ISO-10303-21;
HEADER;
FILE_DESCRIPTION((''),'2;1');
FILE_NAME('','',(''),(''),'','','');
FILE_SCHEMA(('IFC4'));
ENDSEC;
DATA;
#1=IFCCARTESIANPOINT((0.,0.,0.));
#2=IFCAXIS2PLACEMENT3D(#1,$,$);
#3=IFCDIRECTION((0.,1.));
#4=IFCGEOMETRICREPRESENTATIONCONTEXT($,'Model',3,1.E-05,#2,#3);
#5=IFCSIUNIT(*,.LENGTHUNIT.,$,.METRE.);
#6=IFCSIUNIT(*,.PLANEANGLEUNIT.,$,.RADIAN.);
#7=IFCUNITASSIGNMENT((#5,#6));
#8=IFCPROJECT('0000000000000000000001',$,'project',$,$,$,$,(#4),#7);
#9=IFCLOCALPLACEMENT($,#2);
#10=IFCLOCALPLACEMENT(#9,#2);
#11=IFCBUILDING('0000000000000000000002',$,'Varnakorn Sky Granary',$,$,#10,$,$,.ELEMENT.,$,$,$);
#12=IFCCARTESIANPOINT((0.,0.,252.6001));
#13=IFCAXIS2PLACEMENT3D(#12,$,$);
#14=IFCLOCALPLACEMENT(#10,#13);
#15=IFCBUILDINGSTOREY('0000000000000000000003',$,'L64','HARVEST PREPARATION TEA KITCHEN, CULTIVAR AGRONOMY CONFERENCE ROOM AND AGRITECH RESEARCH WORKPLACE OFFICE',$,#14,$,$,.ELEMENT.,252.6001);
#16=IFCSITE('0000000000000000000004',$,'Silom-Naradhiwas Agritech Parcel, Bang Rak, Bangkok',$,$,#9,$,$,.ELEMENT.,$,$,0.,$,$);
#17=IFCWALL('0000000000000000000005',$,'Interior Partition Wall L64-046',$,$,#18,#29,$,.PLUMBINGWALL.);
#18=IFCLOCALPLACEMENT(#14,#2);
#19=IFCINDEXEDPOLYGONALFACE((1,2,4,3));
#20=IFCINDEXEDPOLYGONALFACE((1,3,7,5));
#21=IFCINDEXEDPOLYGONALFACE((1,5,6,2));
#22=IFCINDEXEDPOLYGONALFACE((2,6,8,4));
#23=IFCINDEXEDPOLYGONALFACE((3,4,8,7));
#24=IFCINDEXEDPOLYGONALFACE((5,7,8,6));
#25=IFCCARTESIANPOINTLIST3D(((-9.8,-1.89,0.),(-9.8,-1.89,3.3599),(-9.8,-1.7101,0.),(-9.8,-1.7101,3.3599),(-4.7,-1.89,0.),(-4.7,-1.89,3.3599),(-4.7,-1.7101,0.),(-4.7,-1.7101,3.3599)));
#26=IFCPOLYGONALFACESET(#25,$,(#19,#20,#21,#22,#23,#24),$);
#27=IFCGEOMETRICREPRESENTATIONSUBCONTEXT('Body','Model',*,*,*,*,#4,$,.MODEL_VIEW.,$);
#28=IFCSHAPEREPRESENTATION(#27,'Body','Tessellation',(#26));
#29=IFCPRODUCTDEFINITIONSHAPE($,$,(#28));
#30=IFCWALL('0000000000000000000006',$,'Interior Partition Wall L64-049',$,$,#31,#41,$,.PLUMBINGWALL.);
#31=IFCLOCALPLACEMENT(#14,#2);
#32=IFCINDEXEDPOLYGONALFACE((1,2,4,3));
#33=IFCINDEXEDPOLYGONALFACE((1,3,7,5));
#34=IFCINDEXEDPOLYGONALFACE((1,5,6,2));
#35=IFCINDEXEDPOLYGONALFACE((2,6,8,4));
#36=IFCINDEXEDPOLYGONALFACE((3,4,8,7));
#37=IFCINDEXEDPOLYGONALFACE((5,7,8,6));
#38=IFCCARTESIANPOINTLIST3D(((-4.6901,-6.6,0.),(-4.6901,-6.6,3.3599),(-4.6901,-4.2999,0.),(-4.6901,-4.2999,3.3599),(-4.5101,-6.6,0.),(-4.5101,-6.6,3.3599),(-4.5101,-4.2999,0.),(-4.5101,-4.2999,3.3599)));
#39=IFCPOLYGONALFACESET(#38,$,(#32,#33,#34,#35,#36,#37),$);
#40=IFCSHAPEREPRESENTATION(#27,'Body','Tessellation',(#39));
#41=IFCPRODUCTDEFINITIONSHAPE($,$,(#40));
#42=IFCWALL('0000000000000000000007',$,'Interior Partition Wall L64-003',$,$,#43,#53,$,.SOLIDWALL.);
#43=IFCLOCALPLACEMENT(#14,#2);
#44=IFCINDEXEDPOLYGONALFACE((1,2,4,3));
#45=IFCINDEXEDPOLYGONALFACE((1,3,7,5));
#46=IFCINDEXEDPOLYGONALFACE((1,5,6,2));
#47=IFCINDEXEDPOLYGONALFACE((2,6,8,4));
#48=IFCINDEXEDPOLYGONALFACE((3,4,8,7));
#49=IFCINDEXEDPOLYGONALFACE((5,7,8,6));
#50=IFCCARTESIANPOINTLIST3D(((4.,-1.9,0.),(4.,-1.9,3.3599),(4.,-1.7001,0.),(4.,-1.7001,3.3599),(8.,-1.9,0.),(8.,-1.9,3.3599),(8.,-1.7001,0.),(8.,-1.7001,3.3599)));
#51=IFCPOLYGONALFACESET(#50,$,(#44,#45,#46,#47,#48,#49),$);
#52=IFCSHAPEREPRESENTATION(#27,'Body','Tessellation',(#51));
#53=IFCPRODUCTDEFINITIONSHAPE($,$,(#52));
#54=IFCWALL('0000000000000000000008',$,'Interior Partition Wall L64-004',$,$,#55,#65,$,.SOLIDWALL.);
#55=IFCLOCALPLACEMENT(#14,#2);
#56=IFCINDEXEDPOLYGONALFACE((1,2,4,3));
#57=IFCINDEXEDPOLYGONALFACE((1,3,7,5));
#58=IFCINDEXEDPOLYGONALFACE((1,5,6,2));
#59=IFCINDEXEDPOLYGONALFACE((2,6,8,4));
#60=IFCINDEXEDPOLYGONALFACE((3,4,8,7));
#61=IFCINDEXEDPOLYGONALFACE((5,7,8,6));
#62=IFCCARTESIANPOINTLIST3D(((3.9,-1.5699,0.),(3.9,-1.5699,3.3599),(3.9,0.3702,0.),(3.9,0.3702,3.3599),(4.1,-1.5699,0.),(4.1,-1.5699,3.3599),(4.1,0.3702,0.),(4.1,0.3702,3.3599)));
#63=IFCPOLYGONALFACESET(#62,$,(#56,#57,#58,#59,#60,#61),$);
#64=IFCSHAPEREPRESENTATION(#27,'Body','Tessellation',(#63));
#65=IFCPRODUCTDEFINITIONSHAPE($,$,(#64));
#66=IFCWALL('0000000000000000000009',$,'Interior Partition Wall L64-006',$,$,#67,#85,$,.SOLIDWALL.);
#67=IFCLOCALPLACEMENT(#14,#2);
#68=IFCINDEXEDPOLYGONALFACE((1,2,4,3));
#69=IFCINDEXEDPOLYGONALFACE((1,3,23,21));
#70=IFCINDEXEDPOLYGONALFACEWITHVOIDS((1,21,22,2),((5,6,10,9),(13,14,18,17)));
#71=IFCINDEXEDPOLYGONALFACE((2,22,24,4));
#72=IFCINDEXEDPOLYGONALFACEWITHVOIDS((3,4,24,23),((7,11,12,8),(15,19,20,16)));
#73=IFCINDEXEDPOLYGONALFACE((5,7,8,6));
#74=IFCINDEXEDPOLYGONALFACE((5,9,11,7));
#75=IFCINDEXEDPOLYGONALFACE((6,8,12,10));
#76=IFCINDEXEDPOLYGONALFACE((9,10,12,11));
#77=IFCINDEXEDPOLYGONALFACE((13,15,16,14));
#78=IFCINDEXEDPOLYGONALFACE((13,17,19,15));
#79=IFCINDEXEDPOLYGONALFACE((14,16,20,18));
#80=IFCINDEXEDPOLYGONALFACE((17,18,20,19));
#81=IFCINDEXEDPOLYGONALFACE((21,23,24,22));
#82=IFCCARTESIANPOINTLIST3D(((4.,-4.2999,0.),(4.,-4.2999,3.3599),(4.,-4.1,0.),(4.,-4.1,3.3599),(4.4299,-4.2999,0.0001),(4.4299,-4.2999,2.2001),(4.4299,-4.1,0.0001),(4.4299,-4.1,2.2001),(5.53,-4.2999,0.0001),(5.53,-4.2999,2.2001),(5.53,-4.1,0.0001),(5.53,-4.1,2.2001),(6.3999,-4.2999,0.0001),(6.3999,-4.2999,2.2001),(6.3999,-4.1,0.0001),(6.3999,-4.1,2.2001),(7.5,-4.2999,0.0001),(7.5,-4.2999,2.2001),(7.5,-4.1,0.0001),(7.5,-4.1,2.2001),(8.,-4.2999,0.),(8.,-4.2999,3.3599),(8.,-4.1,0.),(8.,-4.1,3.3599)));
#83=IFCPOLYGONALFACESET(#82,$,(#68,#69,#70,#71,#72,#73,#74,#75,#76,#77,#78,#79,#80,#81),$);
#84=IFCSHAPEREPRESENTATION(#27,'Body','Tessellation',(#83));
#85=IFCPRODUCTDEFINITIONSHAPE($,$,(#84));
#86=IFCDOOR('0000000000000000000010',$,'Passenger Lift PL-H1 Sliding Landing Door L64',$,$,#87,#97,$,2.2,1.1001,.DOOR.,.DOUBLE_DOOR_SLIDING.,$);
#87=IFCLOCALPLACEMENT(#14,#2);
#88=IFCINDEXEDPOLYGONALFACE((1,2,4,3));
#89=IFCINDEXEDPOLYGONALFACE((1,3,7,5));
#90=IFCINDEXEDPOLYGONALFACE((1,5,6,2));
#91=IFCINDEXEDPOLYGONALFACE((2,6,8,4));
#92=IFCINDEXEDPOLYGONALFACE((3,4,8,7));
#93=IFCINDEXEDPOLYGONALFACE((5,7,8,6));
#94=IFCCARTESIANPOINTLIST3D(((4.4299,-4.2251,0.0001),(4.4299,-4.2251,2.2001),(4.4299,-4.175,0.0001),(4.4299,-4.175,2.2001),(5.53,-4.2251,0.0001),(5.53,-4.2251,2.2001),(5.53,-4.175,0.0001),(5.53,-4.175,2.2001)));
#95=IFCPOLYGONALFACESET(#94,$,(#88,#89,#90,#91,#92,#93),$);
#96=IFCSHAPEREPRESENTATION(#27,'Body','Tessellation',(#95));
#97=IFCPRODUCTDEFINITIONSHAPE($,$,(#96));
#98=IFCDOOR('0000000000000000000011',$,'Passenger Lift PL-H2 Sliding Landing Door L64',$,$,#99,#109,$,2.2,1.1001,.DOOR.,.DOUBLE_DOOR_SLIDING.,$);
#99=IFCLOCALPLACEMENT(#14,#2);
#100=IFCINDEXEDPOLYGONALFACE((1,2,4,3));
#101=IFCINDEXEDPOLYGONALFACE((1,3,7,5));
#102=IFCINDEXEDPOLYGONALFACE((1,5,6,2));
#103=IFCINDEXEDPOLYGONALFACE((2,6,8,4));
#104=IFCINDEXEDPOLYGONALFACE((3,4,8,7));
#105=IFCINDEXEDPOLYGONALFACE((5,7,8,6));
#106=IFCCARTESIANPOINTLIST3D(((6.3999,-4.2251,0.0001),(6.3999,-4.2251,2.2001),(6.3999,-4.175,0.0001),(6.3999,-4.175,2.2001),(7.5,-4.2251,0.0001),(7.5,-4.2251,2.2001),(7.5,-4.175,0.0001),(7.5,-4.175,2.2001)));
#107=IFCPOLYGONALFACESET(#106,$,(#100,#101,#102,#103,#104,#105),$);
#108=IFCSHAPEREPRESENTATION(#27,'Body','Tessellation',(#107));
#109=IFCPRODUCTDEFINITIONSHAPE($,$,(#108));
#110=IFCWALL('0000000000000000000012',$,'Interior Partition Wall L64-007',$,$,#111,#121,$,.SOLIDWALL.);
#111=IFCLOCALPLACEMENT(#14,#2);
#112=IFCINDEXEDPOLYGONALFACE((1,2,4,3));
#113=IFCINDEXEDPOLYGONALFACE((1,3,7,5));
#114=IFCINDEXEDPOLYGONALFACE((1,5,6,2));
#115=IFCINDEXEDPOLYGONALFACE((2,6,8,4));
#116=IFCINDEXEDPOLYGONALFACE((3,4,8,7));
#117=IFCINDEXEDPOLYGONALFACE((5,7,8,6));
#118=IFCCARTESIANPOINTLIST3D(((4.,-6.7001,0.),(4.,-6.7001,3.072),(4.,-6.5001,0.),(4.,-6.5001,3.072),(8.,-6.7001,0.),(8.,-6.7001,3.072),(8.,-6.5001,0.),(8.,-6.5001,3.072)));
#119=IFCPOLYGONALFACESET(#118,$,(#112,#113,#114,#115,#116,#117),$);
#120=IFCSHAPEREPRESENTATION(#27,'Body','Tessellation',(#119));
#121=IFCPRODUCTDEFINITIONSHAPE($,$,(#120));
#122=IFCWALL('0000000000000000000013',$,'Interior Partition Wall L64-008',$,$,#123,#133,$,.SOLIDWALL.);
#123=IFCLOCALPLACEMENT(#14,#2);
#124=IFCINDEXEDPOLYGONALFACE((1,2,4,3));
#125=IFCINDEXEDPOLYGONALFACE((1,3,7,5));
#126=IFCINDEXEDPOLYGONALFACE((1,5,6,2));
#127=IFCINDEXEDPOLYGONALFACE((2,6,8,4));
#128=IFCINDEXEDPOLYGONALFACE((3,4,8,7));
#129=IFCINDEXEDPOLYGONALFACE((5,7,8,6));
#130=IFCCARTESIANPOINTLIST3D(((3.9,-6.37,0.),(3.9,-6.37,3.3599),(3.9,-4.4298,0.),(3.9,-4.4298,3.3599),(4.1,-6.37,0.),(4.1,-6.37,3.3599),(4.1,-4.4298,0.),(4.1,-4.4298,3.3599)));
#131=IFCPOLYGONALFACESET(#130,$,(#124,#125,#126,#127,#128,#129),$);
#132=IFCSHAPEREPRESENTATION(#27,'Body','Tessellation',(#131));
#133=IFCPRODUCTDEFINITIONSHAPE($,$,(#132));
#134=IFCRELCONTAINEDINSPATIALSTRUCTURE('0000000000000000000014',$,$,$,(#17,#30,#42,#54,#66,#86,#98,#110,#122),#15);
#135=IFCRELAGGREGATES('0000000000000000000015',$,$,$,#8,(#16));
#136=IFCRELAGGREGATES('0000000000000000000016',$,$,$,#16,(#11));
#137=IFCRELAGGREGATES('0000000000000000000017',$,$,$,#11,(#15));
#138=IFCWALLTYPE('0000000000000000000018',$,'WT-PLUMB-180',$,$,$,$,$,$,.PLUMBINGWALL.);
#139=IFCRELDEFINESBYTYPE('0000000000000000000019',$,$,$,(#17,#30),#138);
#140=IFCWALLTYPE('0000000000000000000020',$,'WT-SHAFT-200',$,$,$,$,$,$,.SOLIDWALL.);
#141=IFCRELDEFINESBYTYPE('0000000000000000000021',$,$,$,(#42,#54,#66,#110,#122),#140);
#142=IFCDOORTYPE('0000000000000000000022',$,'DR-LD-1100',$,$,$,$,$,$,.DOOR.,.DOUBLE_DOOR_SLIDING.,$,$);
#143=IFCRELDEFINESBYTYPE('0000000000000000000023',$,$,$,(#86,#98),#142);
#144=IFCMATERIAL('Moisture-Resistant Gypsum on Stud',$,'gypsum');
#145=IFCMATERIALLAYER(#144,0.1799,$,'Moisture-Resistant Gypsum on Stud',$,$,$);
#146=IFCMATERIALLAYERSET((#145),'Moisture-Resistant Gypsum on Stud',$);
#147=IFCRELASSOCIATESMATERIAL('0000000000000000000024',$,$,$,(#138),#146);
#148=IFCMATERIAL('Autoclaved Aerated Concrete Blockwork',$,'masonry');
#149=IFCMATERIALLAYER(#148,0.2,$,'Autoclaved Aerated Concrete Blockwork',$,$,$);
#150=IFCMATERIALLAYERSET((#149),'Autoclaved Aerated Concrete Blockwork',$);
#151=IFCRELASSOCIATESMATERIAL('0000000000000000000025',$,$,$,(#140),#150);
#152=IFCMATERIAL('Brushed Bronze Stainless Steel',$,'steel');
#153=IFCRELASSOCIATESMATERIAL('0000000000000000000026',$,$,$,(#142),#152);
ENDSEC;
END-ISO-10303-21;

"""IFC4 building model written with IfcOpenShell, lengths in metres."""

from ifc_helpers import new_model, si_unit, direction, frame, frame_2d, origin, place, context, subcontext, project, spatial, rectangle, extrude, material, layer, layer_set, type_object, element, fill, save


model = new_model("IFC4")

# Units and contexts
model_context = context("Model", 3, precision=1e-05, world=origin(), true_north=direction((0.0, 1.0)))
body_context = subcontext(model_context, "Body", "Model", "MODEL_VIEW")
ifc_project = project(units=[si_unit("LENGTHUNIT", "METRE"), si_unit("PLANEANGLEUNIT", "RADIAN")], contexts=[model_context])

# Site, building, storey
site_placement = place(None, origin())
site = spatial("IfcSite", under=ifc_project, at=site_placement, Name="Silom-Naradhiwas Agritech Parcel, Bang Rak, Bangkok", CompositionType="ELEMENT", RefElevation=0.0)
building_placement = place(site_placement, origin())
building = spatial("IfcBuilding", under=site, at=building_placement, Name="Varnakorn Sky Granary", CompositionType="ELEMENT")
storey_placement = place(building_placement, frame((0.0, 0.0, 252.6001)))
storey = spatial("IfcBuildingStorey", under=building, at=storey_placement, Name="L64", Description="HARVEST PREPARATION TEA KITCHEN, CULTIVAR AGRONOMY CONFERENCE ROOM AND AGRITECH RESEARCH WORKPLACE OFFICE", CompositionType="ELEMENT", Elevation=252.6001)

# Shared definitions
ifc_material_1 = material(Name="Autoclaved Aerated Concrete Blockwork", Category="masonry")

# Walls
ifc_material_2 = material(Name="Moisture-Resistant Gypsum on Stud", Category="gypsum")
ifc_layer_1 = layer(ifc_material_2, 0.1799, Name="Moisture-Resistant Gypsum on Stud")
ifc_layer_set_1 = layer_set([ifc_layer_1], Name="Moisture-Resistant Gypsum on Stud")
wall_type_1 = type_object("IfcWallType", Name="WT-PLUMB-180", PredefinedType="PLUMBINGWALL", material=ifc_layer_set_1)
wall_1_placement = place(storey_placement, frame((-4.7, -1.8, 0.0), z_axis=(0.0, 0.0, 1.0), x_axis=(-1.0, 0.0, 0.0)))
element("IfcWall", 1, at=wall_1_placement, inside=storey, type_object=wall_type_1, Name="Interior Partition Wall L64-046", PredefinedType="PLUMBINGWALL", context=body_context, shape_type="SweptSolid", body=[
    extrude(rectangle(XDim=5.1001, YDim=0.1799, at=frame_2d((2.55, 0.0))), origin(), (0.0, 0.0, 1.0), 3.3599),
])
wall_2_placement = place(storey_placement, frame((-4.6001, -4.3, 0.0), z_axis=(0.0, 0.0, 1.0), x_axis=(0.0, -1.0, 0.0)))
element("IfcWall", 2, at=wall_2_placement, inside=storey, type_object=wall_type_1, Name="Interior Partition Wall L64-049", PredefinedType="PLUMBINGWALL", context=body_context, shape_type="SweptSolid", body=[
    extrude(rectangle(XDim=2.3, YDim=0.1799, at=frame_2d((1.1499, 0.0))), origin(), (0.0, 0.0, 1.0), 3.3599),
])
ifc_layer_2 = layer(ifc_material_1, 0.2, Name="Autoclaved Aerated Concrete Blockwork")
ifc_layer_set_2 = layer_set([ifc_layer_2], Name="Autoclaved Aerated Concrete Blockwork")
wall_type_2 = type_object("IfcWallType", Name="WT-SHAFT-200", PredefinedType="SOLIDWALL", material=ifc_layer_set_2)
wall_3_placement = place(storey_placement, frame((4.0, -1.8, 0.0), z_axis=(0.0, 0.0, 1.0), x_axis=(1.0, 0.0, 0.0)))
element("IfcWall", 3, at=wall_3_placement, inside=storey, type_object=wall_type_2, Name="Interior Partition Wall L64-003", PredefinedType="SOLIDWALL", context=body_context, shape_type="SweptSolid", body=[
    extrude(rectangle(XDim=4.0, YDim=0.2, at=frame_2d((2.0, 0.0))), origin(), (0.0, 0.0, 1.0), 3.3599),
])
wall_4_placement = place(storey_placement, frame((4.0, -1.5701, 0.0), z_axis=(0.0, 0.0, 1.0), x_axis=(0.0, 1.0, 0.0)))
element("IfcWall", 4, at=wall_4_placement, inside=storey, type_object=wall_type_2, Name="Interior Partition Wall L64-004", PredefinedType="SOLIDWALL", context=body_context, shape_type="SweptSolid", body=[
    extrude(rectangle(XDim=1.9402, YDim=0.2, at=frame_2d((0.9702, 0.0))), origin(), (0.0, 0.0, 1.0), 3.3599),
])

# Wall, openings, doors
wall_5_placement = place(storey_placement, frame((4.0, -4.2, 0.0), z_axis=(0.0, 0.0, 1.0), x_axis=(1.0, 0.0, 0.0)))
wall_5 = element("IfcWall", 5, at=wall_5_placement, inside=storey, type_object=wall_type_2, Name="Interior Partition Wall L64-006", PredefinedType="SOLIDWALL", context=body_context, shape_type="SweptSolid", body=[
    extrude(rectangle(XDim=4.0, YDim=0.2, at=frame_2d((2.0, 0.0))), origin(), (0.0, 0.0, 1.0), 3.3599),
])
opening_1_placement = place(wall_5_placement, frame((0.4299, 0.0, 0.0)))
opening_1 = element("IfcOpeningElement", 6, at=opening_1_placement, cuts=wall_5, PredefinedType="OPENING", context=body_context, shape_type="SweptSolid", body=[
    extrude(rectangle(XDim=1.1001, YDim=2.2, at=frame_2d((0.55, 1.1001))), frame((0.0, 0.1099, 0.0), z_axis=(0.0, -1.0, 0.0), x_axis=(1.0, 0.0, 0.0)), (0.0, 0.0, 1.0), 0.22),
])
opening_2_placement = place(wall_5_placement, frame((2.3999, 0.0, 0.0)))
opening_2 = element("IfcOpeningElement", 7, at=opening_2_placement, cuts=wall_5, PredefinedType="OPENING", context=body_context, shape_type="SweptSolid", body=[
    extrude(rectangle(XDim=1.1001, YDim=2.2, at=frame_2d((0.55, 1.1001))), frame((0.0, 0.1099, 0.0), z_axis=(0.0, -1.0, 0.0), x_axis=(1.0, 0.0, 0.0)), (0.0, 0.0, 1.0), 0.22),
])
ifc_material_3 = material(Name="Brushed Bronze Stainless Steel", Category="steel")
door_type_1 = type_object("IfcDoorType", Name="DR-LD-1100", OperationType="DOUBLE_DOOR_SLIDING", PredefinedType="DOOR", material=ifc_material_3)
door_1_placement = place(opening_1_placement, origin())
door_1 = element("IfcDoor", 8, at=door_1_placement, inside=storey, type_object=door_type_1, Name="Passenger Lift PL-H1 Sliding Landing Door L64", OperationType="DOUBLE_DOOR_SLIDING", OverallHeight=2.2, OverallWidth=1.1001, PredefinedType="DOOR", context=body_context, shape_type="SweptSolid", body=[
    extrude(rectangle(XDim=1.1001, YDim=2.2, at=frame_2d((0.55, 1.1001))), frame((0.0, 0.0249, 0.0), z_axis=(0.0, -1.0, 0.0), x_axis=(1.0, 0.0, 0.0)), (0.0, 0.0, 1.0), 0.05),
])
fill(opening_1, door_1)
door_2_placement = place(opening_2_placement, origin())
door_2 = element("IfcDoor", 9, at=door_2_placement, inside=storey, type_object=door_type_1, Name="Passenger Lift PL-H2 Sliding Landing Door L64", OperationType="DOUBLE_DOOR_SLIDING", OverallHeight=2.2, OverallWidth=1.1001, PredefinedType="DOOR", context=body_context, shape_type="SweptSolid", body=[
    extrude(rectangle(XDim=1.1001, YDim=2.2, at=frame_2d((0.55, 1.1001))), frame((0.0, 0.0249, 0.0), z_axis=(0.0, -1.0, 0.0), x_axis=(1.0, 0.0, 0.0)), (0.0, 0.0, 1.0), 0.05),
])
fill(opening_2, door_2)

# Walls
wall_6_placement = place(storey_placement, frame((4.0, -6.6001, 0.0), z_axis=(0.0, 0.0, 1.0), x_axis=(1.0, 0.0, 0.0)))
element("IfcWall", 10, at=wall_6_placement, inside=storey, type_object=wall_type_2, Name="Interior Partition Wall L64-007", PredefinedType="SOLIDWALL", context=body_context, shape_type="SweptSolid", body=[
    extrude(rectangle(XDim=4.0, YDim=0.2, at=frame_2d((2.0, 0.0))), origin(), (0.0, 0.0, 1.0), 3.072),
])
wall_7_placement = place(storey_placement, frame((4.0, -6.3701, 0.0), z_axis=(0.0, 0.0, 1.0), x_axis=(0.0, 1.0, 0.0)))
element("IfcWall", 11, at=wall_7_placement, inside=storey, type_object=wall_type_2, Name="Interior Partition Wall L64-008", PredefinedType="SOLIDWALL", context=body_context, shape_type="SweptSolid", body=[
    extrude(rectangle(XDim=1.9402, YDim=0.2, at=frame_2d((0.9702, 0.0))), origin(), (0.0, 0.0, 1.0), 3.3599),
])

save(model, "model.ifc")
